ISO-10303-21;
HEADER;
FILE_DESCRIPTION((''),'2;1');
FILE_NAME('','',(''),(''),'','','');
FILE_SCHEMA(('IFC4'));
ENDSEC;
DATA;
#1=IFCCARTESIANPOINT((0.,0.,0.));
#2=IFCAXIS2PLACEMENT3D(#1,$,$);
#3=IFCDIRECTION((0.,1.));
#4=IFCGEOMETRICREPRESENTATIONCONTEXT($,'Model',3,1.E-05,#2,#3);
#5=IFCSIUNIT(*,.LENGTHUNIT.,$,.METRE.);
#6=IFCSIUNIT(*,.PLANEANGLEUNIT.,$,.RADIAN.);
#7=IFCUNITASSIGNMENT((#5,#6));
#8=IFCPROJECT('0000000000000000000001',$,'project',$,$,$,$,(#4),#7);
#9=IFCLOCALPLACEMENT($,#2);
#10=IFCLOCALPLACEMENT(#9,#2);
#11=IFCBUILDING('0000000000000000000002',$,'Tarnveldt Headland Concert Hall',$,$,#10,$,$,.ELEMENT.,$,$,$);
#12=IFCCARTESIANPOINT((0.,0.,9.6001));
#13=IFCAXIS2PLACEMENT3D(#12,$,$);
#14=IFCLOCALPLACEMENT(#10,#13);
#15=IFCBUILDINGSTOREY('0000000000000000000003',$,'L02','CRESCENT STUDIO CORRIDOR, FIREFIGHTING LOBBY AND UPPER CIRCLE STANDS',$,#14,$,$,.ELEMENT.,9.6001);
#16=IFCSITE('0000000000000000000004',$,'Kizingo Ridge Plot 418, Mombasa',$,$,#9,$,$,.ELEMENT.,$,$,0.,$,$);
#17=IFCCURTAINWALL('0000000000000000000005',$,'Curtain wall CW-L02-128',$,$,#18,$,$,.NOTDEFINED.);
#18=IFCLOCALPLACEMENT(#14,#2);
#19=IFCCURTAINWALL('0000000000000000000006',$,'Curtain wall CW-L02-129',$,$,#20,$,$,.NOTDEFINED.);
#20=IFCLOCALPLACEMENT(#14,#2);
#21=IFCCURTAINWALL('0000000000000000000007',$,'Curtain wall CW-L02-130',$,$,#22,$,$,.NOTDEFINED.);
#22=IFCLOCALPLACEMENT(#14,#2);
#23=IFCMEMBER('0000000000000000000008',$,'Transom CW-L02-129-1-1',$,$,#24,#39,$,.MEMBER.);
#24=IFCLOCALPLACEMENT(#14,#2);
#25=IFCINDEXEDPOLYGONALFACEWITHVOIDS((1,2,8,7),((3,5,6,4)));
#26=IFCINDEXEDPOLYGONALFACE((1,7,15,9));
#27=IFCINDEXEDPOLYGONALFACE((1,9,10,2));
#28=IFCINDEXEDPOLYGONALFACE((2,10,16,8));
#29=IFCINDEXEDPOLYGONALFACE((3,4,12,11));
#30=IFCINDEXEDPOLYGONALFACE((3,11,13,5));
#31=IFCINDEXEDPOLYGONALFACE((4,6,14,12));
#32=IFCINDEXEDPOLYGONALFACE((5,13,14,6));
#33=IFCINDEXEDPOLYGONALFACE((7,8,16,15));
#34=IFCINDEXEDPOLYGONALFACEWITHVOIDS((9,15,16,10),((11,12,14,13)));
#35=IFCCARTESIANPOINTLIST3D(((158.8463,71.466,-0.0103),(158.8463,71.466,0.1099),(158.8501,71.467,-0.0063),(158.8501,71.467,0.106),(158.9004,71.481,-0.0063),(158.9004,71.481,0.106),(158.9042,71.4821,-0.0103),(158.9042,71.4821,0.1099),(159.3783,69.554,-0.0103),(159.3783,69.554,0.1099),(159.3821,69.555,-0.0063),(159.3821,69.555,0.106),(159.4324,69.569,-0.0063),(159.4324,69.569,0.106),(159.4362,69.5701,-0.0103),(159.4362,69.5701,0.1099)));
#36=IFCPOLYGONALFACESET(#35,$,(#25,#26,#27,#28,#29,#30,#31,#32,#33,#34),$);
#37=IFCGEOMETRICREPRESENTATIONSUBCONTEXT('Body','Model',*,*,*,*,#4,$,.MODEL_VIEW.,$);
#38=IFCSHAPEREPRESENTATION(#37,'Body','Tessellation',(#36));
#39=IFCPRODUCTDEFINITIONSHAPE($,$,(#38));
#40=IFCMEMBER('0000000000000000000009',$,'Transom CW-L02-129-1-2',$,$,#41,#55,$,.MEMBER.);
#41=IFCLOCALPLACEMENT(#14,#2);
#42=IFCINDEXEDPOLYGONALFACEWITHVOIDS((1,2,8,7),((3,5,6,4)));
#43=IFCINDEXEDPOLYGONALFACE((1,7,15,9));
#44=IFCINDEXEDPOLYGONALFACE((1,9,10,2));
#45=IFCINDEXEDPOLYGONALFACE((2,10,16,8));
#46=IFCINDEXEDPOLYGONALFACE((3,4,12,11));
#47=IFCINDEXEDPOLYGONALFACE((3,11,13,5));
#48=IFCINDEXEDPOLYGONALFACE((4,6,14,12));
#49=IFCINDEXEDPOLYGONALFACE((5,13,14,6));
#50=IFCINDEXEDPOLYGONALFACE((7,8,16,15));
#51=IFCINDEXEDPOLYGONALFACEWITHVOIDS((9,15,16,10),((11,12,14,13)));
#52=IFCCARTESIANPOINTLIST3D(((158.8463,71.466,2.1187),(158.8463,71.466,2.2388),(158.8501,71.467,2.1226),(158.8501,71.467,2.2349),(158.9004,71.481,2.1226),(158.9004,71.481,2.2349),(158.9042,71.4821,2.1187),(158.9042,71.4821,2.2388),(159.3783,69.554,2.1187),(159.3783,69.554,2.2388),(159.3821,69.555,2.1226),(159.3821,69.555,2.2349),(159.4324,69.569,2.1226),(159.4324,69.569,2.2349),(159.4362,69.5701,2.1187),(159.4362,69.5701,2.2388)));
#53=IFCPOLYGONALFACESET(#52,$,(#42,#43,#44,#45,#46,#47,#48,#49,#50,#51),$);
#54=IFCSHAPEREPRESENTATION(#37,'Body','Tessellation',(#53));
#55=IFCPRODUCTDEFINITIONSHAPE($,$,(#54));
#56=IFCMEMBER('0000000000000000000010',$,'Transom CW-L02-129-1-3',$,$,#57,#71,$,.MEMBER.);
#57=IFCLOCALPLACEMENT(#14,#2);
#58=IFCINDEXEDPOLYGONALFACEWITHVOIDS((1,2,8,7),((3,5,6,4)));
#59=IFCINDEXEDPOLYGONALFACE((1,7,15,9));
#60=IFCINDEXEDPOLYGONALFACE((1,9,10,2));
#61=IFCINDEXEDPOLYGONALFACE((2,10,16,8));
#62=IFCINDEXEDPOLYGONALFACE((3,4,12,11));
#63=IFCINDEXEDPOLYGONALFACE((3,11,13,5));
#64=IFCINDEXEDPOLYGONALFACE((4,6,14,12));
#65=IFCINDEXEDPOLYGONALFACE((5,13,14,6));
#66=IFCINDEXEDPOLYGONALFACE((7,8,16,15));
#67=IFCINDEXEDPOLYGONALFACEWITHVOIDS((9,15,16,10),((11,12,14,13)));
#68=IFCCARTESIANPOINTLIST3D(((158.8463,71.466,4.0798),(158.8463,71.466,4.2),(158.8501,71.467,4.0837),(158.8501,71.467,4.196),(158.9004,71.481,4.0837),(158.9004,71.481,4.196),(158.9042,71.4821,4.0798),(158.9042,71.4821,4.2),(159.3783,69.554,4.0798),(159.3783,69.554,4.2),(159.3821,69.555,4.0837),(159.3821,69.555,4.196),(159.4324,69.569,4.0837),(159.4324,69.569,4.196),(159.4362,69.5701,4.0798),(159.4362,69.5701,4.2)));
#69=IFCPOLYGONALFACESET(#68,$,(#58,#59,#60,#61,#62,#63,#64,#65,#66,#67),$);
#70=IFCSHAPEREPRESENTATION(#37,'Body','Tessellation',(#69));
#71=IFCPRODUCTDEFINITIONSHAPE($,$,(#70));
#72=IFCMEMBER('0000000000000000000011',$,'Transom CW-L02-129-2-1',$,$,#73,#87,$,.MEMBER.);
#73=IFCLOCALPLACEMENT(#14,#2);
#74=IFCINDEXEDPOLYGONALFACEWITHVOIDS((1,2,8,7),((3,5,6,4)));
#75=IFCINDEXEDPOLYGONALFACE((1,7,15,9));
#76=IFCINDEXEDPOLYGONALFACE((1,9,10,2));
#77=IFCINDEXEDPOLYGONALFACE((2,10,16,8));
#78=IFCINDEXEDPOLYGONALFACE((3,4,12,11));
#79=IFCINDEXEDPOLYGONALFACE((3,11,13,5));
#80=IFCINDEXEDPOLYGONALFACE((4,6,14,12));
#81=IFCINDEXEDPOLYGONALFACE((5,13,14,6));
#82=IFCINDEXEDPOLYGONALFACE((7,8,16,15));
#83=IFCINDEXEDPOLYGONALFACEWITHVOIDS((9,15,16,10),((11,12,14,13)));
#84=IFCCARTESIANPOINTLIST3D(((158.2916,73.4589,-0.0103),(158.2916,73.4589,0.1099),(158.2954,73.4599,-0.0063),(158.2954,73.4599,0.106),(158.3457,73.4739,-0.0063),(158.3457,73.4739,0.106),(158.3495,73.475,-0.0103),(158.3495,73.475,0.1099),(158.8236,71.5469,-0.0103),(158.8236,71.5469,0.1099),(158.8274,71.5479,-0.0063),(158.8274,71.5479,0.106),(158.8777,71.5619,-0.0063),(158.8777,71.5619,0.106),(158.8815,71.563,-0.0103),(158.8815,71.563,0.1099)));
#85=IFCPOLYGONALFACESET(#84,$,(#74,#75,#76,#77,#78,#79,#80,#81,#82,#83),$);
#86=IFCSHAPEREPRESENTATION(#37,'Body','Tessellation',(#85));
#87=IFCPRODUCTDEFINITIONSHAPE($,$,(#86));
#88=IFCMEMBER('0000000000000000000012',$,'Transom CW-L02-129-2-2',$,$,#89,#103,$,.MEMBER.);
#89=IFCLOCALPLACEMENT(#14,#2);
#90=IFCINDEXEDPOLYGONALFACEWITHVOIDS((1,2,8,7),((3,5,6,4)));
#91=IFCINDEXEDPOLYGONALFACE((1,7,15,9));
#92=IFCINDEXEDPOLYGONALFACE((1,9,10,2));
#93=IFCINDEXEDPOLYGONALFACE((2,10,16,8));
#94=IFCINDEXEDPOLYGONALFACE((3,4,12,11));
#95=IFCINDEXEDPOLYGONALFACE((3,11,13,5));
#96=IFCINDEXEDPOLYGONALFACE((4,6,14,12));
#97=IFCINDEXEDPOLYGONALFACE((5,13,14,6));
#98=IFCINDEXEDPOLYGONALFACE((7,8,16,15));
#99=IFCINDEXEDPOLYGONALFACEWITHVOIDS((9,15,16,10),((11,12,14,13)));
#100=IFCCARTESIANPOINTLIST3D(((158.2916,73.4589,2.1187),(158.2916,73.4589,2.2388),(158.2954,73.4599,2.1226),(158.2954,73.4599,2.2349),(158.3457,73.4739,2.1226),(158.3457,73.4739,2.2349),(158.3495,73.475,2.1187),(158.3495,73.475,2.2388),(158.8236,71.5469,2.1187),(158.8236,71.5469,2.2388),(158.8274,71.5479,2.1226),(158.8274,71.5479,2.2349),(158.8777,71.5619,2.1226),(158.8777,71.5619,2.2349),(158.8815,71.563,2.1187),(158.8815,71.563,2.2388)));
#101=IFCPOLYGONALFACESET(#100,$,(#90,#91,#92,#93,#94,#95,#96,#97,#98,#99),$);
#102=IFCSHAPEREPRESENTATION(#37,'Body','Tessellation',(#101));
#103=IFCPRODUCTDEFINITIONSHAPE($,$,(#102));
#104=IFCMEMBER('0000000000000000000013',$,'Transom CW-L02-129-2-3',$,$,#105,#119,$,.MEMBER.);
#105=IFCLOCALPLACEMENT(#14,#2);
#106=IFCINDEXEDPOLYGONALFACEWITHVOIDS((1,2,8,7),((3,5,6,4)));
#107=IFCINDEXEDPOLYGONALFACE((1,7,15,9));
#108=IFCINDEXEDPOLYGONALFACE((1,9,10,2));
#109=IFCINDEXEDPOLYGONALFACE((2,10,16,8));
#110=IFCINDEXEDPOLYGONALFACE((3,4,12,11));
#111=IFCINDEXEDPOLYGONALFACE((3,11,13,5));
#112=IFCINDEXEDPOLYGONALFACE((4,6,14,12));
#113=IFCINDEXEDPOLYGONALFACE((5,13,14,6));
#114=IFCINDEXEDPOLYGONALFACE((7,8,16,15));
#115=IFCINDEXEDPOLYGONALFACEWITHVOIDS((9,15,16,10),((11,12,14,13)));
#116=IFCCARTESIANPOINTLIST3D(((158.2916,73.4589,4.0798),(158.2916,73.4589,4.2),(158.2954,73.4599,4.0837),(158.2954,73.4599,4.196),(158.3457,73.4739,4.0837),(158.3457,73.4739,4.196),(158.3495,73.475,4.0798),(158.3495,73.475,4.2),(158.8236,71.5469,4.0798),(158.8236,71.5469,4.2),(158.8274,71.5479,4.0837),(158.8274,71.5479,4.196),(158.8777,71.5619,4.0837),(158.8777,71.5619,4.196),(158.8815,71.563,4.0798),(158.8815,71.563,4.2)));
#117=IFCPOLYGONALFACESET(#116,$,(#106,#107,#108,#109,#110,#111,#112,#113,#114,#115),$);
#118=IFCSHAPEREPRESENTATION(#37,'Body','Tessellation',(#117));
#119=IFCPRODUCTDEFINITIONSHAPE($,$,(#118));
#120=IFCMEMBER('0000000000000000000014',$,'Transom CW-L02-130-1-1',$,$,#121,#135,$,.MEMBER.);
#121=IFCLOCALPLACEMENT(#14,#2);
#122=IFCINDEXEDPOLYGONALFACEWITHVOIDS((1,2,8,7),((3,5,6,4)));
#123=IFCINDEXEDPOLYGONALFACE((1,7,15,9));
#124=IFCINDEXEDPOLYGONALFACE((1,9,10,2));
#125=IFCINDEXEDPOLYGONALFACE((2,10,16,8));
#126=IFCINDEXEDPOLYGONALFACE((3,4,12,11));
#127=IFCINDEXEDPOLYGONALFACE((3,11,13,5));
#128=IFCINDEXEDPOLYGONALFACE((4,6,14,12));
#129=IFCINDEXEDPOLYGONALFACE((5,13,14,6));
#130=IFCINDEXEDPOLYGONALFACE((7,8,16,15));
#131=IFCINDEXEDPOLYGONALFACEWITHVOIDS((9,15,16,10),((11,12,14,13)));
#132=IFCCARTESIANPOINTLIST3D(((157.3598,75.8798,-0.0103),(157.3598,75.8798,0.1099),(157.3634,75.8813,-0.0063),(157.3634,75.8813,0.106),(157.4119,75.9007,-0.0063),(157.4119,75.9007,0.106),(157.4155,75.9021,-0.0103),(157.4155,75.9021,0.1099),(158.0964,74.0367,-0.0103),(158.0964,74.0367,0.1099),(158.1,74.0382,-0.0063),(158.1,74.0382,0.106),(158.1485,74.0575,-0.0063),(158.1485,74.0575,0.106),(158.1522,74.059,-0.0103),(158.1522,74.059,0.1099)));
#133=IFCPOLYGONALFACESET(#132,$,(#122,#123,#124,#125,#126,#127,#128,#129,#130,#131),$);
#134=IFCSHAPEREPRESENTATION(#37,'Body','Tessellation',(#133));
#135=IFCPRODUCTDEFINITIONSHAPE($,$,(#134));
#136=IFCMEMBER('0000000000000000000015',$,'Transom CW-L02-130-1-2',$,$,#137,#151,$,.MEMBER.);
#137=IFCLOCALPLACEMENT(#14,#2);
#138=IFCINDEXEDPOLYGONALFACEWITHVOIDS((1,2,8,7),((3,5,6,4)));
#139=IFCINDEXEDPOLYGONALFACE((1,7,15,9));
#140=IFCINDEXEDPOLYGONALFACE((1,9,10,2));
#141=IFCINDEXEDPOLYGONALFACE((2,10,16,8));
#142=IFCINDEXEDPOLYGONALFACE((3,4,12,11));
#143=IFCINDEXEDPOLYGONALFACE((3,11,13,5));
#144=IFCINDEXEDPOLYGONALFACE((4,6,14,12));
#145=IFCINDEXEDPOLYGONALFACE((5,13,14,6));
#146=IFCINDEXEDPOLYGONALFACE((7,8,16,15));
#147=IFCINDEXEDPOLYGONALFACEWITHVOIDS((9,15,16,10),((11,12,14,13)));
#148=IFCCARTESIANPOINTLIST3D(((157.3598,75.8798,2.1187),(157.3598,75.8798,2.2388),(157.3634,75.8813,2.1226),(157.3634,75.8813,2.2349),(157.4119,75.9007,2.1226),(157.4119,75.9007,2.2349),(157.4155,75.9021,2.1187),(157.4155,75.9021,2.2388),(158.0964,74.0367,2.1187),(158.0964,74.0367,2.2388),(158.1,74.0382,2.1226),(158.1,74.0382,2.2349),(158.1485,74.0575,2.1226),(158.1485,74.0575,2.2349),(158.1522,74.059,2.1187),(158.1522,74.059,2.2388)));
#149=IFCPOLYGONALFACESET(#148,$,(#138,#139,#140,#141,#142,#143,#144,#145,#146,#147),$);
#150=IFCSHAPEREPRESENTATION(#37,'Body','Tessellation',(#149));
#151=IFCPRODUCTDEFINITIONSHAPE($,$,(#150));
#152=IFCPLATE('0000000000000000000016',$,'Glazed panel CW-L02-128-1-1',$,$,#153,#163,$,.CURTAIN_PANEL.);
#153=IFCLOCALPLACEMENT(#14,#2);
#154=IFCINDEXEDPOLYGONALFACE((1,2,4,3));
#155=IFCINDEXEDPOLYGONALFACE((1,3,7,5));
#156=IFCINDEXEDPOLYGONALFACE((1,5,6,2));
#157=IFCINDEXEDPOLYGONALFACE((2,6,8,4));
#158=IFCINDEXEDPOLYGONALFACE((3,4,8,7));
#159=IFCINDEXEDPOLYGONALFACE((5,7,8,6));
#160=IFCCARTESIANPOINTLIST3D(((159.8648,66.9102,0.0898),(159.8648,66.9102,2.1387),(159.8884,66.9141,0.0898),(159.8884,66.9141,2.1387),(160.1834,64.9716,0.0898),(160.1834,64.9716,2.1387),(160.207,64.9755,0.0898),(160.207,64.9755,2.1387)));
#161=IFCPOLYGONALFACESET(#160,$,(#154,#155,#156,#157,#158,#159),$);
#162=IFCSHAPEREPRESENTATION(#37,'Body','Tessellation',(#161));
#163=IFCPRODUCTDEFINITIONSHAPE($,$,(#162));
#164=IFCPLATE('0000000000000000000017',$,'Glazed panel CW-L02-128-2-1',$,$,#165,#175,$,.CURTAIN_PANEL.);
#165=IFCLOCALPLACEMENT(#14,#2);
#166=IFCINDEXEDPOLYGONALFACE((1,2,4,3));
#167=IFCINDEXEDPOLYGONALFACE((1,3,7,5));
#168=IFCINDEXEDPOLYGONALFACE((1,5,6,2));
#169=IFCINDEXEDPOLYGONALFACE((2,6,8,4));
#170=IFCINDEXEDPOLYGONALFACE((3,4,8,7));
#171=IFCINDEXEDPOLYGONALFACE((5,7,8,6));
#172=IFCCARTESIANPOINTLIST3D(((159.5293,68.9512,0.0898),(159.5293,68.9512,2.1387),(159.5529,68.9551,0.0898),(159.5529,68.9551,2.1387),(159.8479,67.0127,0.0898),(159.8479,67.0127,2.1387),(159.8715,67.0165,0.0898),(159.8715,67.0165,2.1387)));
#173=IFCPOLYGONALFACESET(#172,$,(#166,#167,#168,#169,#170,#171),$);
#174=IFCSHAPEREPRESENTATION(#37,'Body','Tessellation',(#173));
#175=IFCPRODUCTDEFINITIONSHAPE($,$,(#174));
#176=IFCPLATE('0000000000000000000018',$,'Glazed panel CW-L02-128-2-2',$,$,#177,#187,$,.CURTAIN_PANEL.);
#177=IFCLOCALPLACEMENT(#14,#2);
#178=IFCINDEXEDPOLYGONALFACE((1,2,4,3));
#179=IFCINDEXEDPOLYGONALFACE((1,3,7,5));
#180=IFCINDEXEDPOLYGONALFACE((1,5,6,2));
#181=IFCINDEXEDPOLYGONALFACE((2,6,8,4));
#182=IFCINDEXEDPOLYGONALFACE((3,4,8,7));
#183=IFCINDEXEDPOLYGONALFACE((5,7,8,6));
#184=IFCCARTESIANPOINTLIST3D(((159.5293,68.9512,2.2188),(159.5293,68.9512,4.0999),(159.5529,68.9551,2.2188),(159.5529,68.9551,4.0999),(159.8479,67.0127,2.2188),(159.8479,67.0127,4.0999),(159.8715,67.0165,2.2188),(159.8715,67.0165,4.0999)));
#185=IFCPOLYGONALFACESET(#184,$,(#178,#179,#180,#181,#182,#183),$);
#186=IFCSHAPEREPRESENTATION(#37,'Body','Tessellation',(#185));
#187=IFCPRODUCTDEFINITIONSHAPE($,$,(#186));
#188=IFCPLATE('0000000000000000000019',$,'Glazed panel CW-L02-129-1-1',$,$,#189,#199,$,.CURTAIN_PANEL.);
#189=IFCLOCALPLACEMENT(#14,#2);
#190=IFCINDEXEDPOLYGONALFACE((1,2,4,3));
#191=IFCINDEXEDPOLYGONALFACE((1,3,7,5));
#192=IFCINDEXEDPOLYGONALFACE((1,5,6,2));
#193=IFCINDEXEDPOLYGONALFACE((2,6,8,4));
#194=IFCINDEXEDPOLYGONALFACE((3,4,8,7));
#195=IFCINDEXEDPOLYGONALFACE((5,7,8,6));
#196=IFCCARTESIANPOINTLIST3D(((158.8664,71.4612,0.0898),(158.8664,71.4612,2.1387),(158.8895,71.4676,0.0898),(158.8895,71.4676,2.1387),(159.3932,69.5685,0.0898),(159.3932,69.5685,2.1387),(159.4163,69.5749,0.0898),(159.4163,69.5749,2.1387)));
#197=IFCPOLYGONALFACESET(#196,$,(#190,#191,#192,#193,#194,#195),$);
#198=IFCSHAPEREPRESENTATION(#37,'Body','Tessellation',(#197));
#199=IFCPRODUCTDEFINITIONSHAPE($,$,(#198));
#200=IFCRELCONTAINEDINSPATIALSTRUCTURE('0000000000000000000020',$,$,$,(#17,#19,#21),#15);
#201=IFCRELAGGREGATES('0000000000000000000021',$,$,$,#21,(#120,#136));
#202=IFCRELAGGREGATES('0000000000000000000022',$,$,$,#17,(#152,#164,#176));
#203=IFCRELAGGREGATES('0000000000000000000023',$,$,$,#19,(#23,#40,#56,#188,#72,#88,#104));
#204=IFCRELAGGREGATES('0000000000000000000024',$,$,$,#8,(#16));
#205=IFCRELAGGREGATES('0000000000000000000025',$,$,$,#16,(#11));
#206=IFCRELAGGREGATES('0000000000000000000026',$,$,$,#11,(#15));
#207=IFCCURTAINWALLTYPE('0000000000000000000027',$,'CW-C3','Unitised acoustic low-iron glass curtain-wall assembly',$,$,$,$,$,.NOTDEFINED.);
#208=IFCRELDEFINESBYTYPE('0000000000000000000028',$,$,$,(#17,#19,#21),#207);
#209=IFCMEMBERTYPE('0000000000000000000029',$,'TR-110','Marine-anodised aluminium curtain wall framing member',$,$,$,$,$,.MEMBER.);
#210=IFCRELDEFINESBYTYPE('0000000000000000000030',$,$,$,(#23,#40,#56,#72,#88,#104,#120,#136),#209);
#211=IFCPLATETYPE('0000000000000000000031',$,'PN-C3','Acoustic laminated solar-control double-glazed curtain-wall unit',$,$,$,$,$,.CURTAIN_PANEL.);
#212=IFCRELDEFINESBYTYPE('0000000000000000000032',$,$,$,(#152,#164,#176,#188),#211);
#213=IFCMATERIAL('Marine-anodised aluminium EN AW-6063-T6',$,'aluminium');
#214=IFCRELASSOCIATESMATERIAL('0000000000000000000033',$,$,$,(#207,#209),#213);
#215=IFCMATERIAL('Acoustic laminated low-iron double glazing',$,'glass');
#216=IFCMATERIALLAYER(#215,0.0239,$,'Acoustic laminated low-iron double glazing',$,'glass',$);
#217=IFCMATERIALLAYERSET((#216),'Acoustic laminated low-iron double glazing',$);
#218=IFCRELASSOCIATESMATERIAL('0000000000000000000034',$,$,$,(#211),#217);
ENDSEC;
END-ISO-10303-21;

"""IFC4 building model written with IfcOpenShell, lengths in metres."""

from ifc_helpers import new_model, si_unit, direction, frame, origin, origin_2d, place, context, subcontext, project, spatial, rectangle, hollow_rectangle, extrude, material, layer, layer_set, material_profile, profile_set, type_object, element, aggregate, save


model = new_model("IFC4")

# Units and contexts
model_context = context("Model", 3, precision=1e-05, world=origin(), true_north=direction((0.0, 1.0)))
body_context = subcontext(model_context, "Body", "Model", "MODEL_VIEW")
ifc_project = project(units=[si_unit("LENGTHUNIT", "METRE"), si_unit("PLANEANGLEUNIT", "RADIAN")], contexts=[model_context])

# Site, building, storey
site_placement = place(None, origin())
site = spatial("IfcSite", under=ifc_project, at=site_placement, Name="Kizingo Ridge Plot 418, Mombasa", CompositionType="ELEMENT", RefElevation=0.0)
building_placement = place(site_placement, origin())
building = spatial("IfcBuilding", under=site, at=building_placement, Name="Tarnveldt Headland Concert Hall", CompositionType="ELEMENT")
storey_placement = place(building_placement, frame((0.0, 0.0, 9.6001)))
storey = spatial("IfcBuildingStorey", under=building, at=storey_placement, Name="L02", Description="CRESCENT STUDIO CORRIDOR, FIREFIGHTING LOBBY AND UPPER CIRCLE STANDS", CompositionType="ELEMENT", Elevation=9.6001)

# Curtain walls
ifc_material_1 = material(Name="Marine-anodised aluminium EN AW-6063-T6", Category="aluminium")
curtain_wall_type = type_object("IfcCurtainWallType", Name="CW-C3", Description="Unitised acoustic low-iron glass curtain-wall assembly", PredefinedType="NOTDEFINED", material=ifc_material_1)
curtain_wall_1_placement = place(storey_placement, origin())
curtain_wall_1 = element("IfcCurtainWall", 1, at=curtain_wall_1_placement, inside=storey, type_object=curtain_wall_type, Name="Curtain wall CW-L02-128", PredefinedType="NOTDEFINED")
curtain_wall_2_placement = place(storey_placement, origin())
curtain_wall_2 = element("IfcCurtainWall", 2, at=curtain_wall_2_placement, inside=storey, type_object=curtain_wall_type, Name="Curtain wall CW-L02-129", PredefinedType="NOTDEFINED")

# Curtain wall
curtain_wall_3_placement = place(storey_placement, origin())
curtain_wall_3 = element("IfcCurtainWall", 3, at=curtain_wall_3_placement, inside=storey, type_object=curtain_wall_type, Name="Curtain wall CW-L02-130", PredefinedType="NOTDEFINED")

# Members
ifc_material_profile_1 = material_profile(ifc_material_1, hollow_rectangle(XDim=0.0601, YDim=0.1201, WallThickness=0.0039, at=origin_2d()), Name="ALU TRANSOM 60x120x4", Category="aluminium")
ifc_profile_set_1 = profile_set([ifc_material_profile_1], Name="Marine-anodised aluminium EN AW-6063-T6")
member_type_1 = type_object("IfcMemberType", Name="TR-110", Description="Marine-anodised aluminium curtain wall framing member", PredefinedType="MEMBER", material=ifc_profile_set_1)
member_1_placement = place(storey_placement, frame((159.4072, 69.562, 0.0498), z_axis=(-0.268037, 0.963409, 0.0), x_axis=(-0.963409, -0.268037, 0.0)))
member_1 = element("IfcMember", 4, at=member_1_placement, type_object=member_type_1, Name="Transom CW-L02-129-1-1", PredefinedType="MEMBER", context=body_context, shape_type="SweptSolid", body=[
    extrude(hollow_rectangle(XDim=0.0601, YDim=0.1201, WallThickness=0.0039, at=origin_2d()), origin(), (0.0, 0.0, 1.0), 1.9846),
])
member_2_placement = place(storey_placement, frame((159.4072, 69.562, 2.1787), z_axis=(-0.268037, 0.963409, 0.0), x_axis=(-0.963409, -0.268037, 0.0)))
member_2 = element("IfcMember", 5, at=member_2_placement, type_object=member_type_1, Name="Transom CW-L02-129-1-2", PredefinedType="MEMBER", context=body_context, shape_type="SweptSolid", body=[
    extrude(hollow_rectangle(XDim=0.0601, YDim=0.1201, WallThickness=0.0039, at=origin_2d()), origin(), (0.0, 0.0, 1.0), 1.9846),
])
member_3_placement = place(storey_placement, frame((159.4072, 69.562, 4.1399), z_axis=(-0.268037, 0.963409, 0.0), x_axis=(-0.963409, -0.268037, 0.0)))
member_3 = element("IfcMember", 6, at=member_3_placement, type_object=member_type_1, Name="Transom CW-L02-129-1-3", PredefinedType="MEMBER", context=body_context, shape_type="SweptSolid", body=[
    extrude(hollow_rectangle(XDim=0.0601, YDim=0.1201, WallThickness=0.0039, at=origin_2d()), origin(), (0.0, 0.0, 1.0), 1.9846),
])
member_4_placement = place(storey_placement, frame((158.8525, 71.5549, 0.0498), z_axis=(-0.268069, 0.9634, 0.0), x_axis=(-0.9634, -0.268069, 0.0)))
member_4 = element("IfcMember", 7, at=member_4_placement, type_object=member_type_1, Name="Transom CW-L02-129-2-1", PredefinedType="MEMBER", context=body_context, shape_type="SweptSolid", body=[
    extrude(hollow_rectangle(XDim=0.0601, YDim=0.1201, WallThickness=0.0039, at=origin_2d()), origin(), (0.0, 0.0, 1.0), 1.9846),
])
member_5_placement = place(storey_placement, frame((158.8525, 71.5549, 2.1787), z_axis=(-0.268069, 0.9634, 0.0), x_axis=(-0.9634, -0.268069, 0.0)))
member_5 = element("IfcMember", 8, at=member_5_placement, type_object=member_type_1, Name="Transom CW-L02-129-2-2", PredefinedType="MEMBER", context=body_context, shape_type="SweptSolid", body=[
    extrude(hollow_rectangle(XDim=0.0601, YDim=0.1201, WallThickness=0.0039, at=origin_2d()), origin(), (0.0, 0.0, 1.0), 1.9846),
])
member_6_placement = place(storey_placement, frame((158.8525, 71.5549, 4.1399), z_axis=(-0.268069, 0.9634, 0.0), x_axis=(-0.9634, -0.268069, 0.0)))
member_6 = element("IfcMember", 9, at=member_6_placement, type_object=member_type_1, Name="Transom CW-L02-129-2-3", PredefinedType="MEMBER", context=body_context, shape_type="SweptSolid", body=[
    extrude(hollow_rectangle(XDim=0.0601, YDim=0.1201, WallThickness=0.0039, at=origin_2d()), origin(), (0.0, 0.0, 1.0), 1.9846),
])
member_7_placement = place(storey_placement, frame((158.1243, 74.0479, 0.0498), z_axis=(-0.371115, 0.928587, 0.0), x_axis=(-0.928587, -0.371115, 0.0)))
member_7 = element("IfcMember", 10, at=member_7_placement, type_object=member_type_1, Name="Transom CW-L02-130-1-1", PredefinedType="MEMBER", context=body_context, shape_type="SweptSolid", body=[
    extrude(hollow_rectangle(XDim=0.0601, YDim=0.1201, WallThickness=0.0039, at=origin_2d()), origin(), (0.0, 0.0, 1.0), 1.9849),
])
member_8_placement = place(storey_placement, frame((158.1243, 74.0479, 2.1787), z_axis=(-0.371115, 0.928587, 0.0), x_axis=(-0.928587, -0.371115, 0.0)))
member_8 = element("IfcMember", 11, at=member_8_placement, type_object=member_type_1, Name="Transom CW-L02-130-1-2", PredefinedType="MEMBER", context=body_context, shape_type="SweptSolid", body=[
    extrude(hollow_rectangle(XDim=0.0601, YDim=0.1201, WallThickness=0.0039, at=origin_2d()), origin(), (0.0, 0.0, 1.0), 1.9849),
])
aggregate(curtain_wall_3, [member_7, member_8])

# Plates
ifc_material_2 = material(Name="Acoustic laminated low-iron double glazing", Category="glass")
ifc_layer = layer(ifc_material_2, 0.0239, Name="Acoustic laminated low-iron double glazing", Category="glass")
ifc_layer_set = layer_set([ifc_layer], Name="Acoustic laminated low-iron double glazing")
plate_type = type_object("IfcPlateType", Name="PN-C3", Description="Acoustic laminated solar-control double-glazed curtain-wall unit", PredefinedType="CURTAIN_PANEL", material=ifc_layer_set)
plate_1_placement = place(storey_placement, frame((160.0359, 65.9429, 0.0898), z_axis=(0.0, 0.0, 1.0), x_axis=(-0.162172, 0.986762, 0.0)))
plate_1 = element("IfcPlate", 12, at=plate_1_placement, type_object=plate_type, Name="Glazed panel CW-L02-128-1-1", PredefinedType="CURTAIN_PANEL", context=body_context, shape_type="SweptSolid", body=[
    extrude(rectangle(XDim=1.9646, YDim=0.0239, at=origin_2d()), origin(), (0.0, 0.0, 1.0), 2.0488),
])
plate_2_placement = place(storey_placement, frame((159.7004, 67.9839, 0.0898), z_axis=(0.0, 0.0, 1.0), x_axis=(-0.162172, 0.986762, 0.0)))
plate_2 = element("IfcPlate", 13, at=plate_2_placement, type_object=plate_type, Name="Glazed panel CW-L02-128-2-1", PredefinedType="CURTAIN_PANEL", context=body_context, shape_type="SweptSolid", body=[
    extrude(rectangle(XDim=1.9646, YDim=0.0239, at=origin_2d()), origin(), (0.0, 0.0, 1.0), 2.0488),
])
plate_3_placement = place(storey_placement, frame((159.7004, 67.9839, 2.2188), z_axis=(0.0, 0.0, 1.0), x_axis=(-0.162172, 0.986762, 0.0)))
plate_3 = element("IfcPlate", 14, at=plate_3_placement, type_object=plate_type, Name="Glazed panel CW-L02-128-2-2", PredefinedType="CURTAIN_PANEL", context=body_context, shape_type="SweptSolid", body=[
    extrude(rectangle(XDim=1.9646, YDim=0.0239, at=origin_2d()), origin(), (0.0, 0.0, 1.0), 1.8811),
])
aggregate(curtain_wall_1, [plate_1, plate_2, plate_3])
plate_4_placement = place(storey_placement, frame((159.1414, 70.5181, 0.0898), z_axis=(0.0, 0.0, 1.0), x_axis=(-0.268146, 0.963378, 0.0)))
plate_4 = element("IfcPlate", 15, at=plate_4_placement, type_object=plate_type, Name="Glazed panel CW-L02-129-1-1", PredefinedType="CURTAIN_PANEL", context=body_context, shape_type="SweptSolid", body=[
    extrude(rectangle(XDim=1.9646, YDim=0.0239, at=origin_2d()), origin(), (0.0, 0.0, 1.0), 2.0488),
])
aggregate(curtain_wall_2, [member_1, member_2, member_3, plate_4, member_4, member_5, member_6])

save(model, "model.ifc")
